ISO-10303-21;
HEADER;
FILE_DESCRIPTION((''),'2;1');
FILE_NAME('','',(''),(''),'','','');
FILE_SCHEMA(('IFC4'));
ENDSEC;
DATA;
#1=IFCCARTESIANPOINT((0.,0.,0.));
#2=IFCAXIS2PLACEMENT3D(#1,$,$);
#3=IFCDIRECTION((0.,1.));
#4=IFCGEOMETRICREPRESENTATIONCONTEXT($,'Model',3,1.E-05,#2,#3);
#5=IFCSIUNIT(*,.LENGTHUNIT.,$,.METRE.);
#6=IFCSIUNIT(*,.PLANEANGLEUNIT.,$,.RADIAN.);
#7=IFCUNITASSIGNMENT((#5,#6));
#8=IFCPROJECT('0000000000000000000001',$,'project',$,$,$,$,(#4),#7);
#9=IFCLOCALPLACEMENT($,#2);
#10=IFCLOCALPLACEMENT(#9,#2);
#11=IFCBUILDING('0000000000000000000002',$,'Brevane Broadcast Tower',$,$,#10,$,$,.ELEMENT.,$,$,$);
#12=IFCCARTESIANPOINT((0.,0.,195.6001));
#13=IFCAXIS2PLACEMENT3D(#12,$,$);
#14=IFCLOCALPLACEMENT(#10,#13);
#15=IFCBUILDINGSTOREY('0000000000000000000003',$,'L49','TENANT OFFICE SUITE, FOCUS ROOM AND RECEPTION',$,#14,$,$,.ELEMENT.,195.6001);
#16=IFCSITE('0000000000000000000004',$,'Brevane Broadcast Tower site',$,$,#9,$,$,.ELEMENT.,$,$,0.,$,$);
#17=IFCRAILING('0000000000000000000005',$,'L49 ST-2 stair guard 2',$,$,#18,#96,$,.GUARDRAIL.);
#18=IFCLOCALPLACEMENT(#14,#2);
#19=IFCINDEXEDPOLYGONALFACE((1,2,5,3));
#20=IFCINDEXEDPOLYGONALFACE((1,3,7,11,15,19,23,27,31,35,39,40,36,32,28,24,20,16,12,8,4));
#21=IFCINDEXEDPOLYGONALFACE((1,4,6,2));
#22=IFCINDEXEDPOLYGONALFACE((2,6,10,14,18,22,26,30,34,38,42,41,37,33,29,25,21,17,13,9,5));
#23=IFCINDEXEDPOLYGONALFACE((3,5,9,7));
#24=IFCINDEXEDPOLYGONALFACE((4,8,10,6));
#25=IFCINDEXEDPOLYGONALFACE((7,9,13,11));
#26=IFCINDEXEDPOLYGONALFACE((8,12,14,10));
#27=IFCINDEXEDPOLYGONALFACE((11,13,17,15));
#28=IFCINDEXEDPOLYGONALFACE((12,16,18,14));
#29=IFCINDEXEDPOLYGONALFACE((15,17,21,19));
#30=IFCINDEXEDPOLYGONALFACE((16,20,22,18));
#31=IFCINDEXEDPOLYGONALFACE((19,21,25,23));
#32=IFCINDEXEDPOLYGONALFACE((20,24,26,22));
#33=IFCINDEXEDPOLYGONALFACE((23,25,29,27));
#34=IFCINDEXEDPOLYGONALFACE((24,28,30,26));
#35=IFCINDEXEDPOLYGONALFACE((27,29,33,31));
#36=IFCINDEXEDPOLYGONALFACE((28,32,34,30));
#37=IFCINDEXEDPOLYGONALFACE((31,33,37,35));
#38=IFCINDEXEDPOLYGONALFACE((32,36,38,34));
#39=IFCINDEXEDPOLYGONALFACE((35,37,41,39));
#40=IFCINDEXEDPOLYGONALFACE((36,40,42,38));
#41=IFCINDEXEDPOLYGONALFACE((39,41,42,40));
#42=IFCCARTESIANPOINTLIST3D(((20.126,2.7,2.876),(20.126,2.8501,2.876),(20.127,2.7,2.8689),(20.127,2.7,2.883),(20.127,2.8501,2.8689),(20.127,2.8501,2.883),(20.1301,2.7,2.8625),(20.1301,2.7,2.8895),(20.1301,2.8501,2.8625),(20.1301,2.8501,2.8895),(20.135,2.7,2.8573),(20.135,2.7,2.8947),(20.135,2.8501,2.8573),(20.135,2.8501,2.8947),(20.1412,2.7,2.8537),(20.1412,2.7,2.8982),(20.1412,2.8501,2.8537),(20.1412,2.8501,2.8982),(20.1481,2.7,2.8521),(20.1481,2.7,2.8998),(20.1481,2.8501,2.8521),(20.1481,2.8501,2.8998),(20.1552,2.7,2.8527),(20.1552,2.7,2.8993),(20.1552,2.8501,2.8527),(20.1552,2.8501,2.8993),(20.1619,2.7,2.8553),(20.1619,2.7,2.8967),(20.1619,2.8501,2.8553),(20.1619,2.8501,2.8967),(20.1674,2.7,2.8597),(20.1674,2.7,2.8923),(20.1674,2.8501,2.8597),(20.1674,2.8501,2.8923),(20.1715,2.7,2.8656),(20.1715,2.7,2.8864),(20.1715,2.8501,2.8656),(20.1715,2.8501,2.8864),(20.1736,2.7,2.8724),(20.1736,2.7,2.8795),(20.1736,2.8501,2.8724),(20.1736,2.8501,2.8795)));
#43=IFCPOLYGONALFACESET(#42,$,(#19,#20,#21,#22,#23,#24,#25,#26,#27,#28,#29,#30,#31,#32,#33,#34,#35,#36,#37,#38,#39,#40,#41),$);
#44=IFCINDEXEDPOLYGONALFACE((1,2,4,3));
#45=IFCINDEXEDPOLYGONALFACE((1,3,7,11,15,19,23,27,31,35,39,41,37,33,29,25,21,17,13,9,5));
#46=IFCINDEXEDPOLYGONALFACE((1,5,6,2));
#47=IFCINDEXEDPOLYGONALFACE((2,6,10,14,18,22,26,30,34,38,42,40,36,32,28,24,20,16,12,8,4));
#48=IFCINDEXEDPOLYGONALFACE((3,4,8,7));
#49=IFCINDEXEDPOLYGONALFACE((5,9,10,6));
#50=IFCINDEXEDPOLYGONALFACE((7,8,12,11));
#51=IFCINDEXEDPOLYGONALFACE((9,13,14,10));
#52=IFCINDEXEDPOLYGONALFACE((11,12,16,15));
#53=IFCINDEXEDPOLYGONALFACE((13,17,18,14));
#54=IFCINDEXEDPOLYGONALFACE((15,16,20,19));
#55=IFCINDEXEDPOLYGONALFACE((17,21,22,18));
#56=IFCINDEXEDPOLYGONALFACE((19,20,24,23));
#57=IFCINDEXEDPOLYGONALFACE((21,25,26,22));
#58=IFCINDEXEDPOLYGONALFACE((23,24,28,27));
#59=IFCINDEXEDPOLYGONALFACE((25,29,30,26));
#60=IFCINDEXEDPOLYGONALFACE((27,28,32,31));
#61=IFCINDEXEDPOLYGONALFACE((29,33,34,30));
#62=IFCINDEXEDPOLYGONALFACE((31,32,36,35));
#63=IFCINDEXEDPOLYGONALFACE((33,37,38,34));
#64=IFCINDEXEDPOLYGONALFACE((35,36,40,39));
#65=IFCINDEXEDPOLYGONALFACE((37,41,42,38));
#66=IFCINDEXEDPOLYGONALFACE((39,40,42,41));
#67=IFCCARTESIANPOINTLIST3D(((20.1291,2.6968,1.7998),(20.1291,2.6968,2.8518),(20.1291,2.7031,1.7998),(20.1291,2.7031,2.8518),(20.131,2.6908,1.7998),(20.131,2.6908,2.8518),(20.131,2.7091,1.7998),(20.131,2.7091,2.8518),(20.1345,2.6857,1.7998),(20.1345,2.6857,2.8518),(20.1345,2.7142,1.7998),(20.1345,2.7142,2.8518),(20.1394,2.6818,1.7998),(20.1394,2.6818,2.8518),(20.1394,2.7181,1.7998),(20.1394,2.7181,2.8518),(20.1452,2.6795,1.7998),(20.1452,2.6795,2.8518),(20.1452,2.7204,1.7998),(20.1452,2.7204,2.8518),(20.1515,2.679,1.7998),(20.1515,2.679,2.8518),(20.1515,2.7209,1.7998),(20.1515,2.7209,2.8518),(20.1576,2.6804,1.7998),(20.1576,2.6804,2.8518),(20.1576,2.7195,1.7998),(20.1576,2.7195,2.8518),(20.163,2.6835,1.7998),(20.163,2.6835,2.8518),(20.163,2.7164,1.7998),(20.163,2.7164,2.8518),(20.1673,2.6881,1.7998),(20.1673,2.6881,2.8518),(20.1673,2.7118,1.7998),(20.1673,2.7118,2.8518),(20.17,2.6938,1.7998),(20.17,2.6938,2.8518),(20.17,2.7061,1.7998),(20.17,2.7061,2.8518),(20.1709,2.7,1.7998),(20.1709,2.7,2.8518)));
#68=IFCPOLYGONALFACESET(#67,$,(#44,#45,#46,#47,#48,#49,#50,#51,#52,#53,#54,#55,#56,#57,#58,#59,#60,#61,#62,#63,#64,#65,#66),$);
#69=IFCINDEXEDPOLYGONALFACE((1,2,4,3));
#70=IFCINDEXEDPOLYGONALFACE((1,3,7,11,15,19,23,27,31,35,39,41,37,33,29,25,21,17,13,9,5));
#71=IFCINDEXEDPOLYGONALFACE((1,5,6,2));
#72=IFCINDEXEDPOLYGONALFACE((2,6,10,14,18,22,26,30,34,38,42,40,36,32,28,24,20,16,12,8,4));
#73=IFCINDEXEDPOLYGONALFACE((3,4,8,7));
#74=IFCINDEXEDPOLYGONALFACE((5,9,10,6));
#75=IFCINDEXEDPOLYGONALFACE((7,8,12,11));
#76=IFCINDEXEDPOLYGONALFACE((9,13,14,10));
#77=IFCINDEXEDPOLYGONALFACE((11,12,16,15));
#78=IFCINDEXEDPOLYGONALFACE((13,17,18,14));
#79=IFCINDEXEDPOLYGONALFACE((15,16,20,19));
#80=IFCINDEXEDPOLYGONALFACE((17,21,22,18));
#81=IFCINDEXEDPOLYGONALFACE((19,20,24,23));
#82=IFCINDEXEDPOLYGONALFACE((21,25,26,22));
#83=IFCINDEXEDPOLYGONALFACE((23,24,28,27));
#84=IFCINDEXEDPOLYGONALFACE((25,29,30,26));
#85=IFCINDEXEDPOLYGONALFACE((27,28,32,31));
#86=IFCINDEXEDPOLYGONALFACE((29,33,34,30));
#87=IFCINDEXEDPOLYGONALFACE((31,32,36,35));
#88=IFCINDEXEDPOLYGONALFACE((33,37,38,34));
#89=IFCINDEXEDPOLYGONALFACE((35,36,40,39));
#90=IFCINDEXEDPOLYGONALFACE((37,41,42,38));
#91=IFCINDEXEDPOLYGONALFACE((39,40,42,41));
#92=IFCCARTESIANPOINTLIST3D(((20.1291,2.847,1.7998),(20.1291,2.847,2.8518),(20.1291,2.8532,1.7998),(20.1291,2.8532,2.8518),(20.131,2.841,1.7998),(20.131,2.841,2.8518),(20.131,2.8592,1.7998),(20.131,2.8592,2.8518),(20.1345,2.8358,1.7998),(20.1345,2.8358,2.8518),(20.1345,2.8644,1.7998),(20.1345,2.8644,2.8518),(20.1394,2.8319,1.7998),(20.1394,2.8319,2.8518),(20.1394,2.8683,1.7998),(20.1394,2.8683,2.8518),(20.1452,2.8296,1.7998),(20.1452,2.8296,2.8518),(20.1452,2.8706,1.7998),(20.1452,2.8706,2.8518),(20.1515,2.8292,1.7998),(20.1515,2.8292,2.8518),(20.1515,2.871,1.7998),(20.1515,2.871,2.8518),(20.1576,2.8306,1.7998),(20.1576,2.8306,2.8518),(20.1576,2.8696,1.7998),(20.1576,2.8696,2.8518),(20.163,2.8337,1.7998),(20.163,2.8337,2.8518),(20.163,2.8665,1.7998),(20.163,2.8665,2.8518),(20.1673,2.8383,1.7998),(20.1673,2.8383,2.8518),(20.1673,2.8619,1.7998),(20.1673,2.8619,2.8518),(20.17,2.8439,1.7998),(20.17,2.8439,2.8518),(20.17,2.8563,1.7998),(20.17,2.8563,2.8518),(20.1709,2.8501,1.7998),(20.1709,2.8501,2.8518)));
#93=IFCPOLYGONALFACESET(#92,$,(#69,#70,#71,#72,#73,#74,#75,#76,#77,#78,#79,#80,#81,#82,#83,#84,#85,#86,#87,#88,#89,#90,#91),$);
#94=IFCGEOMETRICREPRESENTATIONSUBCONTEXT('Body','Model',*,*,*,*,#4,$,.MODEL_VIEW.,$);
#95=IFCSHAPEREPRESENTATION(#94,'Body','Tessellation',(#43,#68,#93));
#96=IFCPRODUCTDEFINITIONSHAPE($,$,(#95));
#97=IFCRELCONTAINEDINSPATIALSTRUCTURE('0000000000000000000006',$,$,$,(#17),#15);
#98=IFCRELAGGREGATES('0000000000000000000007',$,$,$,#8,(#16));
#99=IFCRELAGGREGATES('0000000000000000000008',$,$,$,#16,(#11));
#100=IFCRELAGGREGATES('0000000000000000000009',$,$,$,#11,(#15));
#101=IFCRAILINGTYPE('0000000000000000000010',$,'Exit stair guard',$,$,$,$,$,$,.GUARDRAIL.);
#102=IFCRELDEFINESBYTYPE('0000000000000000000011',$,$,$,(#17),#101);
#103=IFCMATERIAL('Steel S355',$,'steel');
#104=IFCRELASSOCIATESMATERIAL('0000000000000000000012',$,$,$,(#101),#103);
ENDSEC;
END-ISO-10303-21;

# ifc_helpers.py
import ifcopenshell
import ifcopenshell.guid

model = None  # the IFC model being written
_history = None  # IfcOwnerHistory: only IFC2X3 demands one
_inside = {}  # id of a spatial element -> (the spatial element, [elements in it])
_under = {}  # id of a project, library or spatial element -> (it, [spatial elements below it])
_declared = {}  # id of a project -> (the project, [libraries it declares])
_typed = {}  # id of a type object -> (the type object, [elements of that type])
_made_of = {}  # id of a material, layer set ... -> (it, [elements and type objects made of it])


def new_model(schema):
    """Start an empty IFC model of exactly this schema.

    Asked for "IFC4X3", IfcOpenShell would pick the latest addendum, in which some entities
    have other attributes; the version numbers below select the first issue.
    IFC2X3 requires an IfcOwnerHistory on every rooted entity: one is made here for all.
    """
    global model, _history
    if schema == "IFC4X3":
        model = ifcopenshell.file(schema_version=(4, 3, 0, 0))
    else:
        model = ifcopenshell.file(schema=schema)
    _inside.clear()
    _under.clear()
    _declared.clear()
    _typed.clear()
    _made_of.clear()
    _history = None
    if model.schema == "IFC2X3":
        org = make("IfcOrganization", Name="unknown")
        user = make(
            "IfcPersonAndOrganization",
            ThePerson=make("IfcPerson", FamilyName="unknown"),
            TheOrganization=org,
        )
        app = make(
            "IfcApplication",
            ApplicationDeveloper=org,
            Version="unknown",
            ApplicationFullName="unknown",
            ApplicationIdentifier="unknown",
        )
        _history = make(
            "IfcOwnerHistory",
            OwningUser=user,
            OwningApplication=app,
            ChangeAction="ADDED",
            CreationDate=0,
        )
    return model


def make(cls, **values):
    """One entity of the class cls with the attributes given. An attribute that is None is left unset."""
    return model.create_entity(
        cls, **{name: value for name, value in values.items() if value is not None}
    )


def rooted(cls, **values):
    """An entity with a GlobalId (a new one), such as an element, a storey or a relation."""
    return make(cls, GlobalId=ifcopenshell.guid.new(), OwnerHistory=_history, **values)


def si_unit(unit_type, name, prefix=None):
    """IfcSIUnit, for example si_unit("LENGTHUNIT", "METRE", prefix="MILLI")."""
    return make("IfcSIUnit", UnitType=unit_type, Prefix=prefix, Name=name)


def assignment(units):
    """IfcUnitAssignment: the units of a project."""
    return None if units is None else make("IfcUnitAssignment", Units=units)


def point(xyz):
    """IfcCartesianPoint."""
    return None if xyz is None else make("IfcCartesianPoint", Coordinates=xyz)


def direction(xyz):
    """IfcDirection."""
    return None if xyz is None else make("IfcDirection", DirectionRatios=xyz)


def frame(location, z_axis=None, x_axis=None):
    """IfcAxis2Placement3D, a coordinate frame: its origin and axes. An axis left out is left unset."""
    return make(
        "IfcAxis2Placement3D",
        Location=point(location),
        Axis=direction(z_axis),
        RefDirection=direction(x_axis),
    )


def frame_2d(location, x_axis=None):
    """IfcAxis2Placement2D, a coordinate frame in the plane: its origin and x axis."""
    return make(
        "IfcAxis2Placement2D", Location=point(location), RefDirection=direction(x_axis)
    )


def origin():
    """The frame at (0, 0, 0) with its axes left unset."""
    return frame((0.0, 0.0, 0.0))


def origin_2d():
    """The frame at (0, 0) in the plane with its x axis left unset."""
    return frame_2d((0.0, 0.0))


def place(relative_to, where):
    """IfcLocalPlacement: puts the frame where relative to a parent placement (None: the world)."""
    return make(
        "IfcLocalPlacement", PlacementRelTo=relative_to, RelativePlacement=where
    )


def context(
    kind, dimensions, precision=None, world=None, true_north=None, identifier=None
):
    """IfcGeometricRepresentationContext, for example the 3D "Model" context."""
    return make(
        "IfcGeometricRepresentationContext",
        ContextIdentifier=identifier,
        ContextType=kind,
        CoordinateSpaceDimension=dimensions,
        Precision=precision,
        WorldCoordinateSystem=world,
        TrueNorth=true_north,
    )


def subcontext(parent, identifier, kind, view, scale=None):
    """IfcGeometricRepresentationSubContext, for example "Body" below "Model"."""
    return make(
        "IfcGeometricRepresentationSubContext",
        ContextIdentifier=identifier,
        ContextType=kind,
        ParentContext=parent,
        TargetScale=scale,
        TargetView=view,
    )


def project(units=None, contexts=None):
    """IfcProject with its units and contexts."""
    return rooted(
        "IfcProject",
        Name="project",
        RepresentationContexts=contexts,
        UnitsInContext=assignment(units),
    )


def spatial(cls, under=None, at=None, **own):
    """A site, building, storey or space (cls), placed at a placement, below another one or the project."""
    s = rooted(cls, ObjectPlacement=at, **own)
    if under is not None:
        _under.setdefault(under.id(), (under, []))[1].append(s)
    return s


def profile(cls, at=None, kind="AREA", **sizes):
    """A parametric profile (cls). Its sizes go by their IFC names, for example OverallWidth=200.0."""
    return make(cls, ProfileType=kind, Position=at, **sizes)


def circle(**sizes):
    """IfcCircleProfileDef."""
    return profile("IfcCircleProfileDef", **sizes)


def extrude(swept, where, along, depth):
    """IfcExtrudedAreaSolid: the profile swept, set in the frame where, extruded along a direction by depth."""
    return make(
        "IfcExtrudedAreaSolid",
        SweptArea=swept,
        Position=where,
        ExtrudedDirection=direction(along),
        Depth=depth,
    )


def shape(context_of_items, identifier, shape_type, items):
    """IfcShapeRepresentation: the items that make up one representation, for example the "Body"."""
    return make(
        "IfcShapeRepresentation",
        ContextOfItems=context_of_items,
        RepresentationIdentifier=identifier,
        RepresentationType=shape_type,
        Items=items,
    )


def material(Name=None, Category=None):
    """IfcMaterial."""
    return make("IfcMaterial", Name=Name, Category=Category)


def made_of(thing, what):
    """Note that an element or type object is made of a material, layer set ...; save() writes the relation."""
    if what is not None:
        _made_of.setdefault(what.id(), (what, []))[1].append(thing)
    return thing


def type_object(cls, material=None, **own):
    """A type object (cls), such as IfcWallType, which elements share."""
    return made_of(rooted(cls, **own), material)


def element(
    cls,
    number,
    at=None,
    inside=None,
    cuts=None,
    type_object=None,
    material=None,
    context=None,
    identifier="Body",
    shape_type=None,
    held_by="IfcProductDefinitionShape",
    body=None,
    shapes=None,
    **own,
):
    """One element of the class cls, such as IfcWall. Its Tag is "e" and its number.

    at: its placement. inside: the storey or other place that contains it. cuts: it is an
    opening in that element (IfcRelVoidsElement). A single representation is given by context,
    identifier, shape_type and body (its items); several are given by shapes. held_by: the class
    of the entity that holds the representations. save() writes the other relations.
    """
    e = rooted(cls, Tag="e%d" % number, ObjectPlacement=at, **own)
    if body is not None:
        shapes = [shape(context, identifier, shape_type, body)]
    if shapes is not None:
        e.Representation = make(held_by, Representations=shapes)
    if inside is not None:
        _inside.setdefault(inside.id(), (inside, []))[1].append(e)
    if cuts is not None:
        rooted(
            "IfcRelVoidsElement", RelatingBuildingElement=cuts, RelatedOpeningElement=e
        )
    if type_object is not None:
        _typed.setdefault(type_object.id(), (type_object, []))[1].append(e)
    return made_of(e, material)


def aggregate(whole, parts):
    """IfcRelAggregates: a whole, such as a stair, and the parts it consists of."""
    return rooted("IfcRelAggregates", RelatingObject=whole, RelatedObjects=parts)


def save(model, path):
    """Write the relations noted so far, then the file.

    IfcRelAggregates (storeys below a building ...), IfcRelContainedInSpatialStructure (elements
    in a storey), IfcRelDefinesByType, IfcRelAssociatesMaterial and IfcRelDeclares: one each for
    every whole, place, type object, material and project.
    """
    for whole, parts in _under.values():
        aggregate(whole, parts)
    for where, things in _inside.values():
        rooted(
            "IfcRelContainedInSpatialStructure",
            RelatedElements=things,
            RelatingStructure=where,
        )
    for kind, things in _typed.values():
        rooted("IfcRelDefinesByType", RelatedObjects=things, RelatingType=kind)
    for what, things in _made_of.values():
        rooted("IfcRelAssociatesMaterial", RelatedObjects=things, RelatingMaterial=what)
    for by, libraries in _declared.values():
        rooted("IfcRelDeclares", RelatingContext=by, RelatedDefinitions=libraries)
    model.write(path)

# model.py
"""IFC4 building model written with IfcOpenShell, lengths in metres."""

from ifc_helpers import new_model, si_unit, direction, frame, origin, origin_2d, place, context, subcontext, project, spatial, circle, extrude, material, type_object, element, save


model = new_model("IFC4")

# Units and contexts
model_context = context("Model", 3, precision=1e-05, world=origin(), true_north=direction((0.0, 1.0)))
body_context = subcontext(model_context, "Body", "Model", "MODEL_VIEW")
ifc_project = project(units=[si_unit("LENGTHUNIT", "METRE"), si_unit("PLANEANGLEUNIT", "RADIAN")], contexts=[model_context])

# Site, building, storey
site_placement = place(None, origin())
site = spatial("IfcSite", under=ifc_project, at=site_placement, Name="Brevane Broadcast Tower site", CompositionType="ELEMENT", RefElevation=0.0)
building_placement = place(site_placement, origin())
building = spatial("IfcBuilding", under=site, at=building_placement, Name="Brevane Broadcast Tower", CompositionType="ELEMENT")
storey_placement = place(building_placement, frame((0.0, 0.0, 195.6001)))
storey = spatial("IfcBuildingStorey", under=building, at=storey_placement, Name="L49", Description="TENANT OFFICE SUITE, FOCUS ROOM AND RECEPTION", CompositionType="ELEMENT", Elevation=195.6001)

# Railing
ifc_material_1 = material(Name="Steel S355", Category="steel")
railing_type_1 = type_object("IfcRailingType", Name="Exit stair guard", PredefinedType="GUARDRAIL", material=ifc_material_1)
railing_1_placement = place(storey_placement, frame((20.1499, 2.7, 1.7998)))
element("IfcRailing", 1, at=railing_1_placement, inside=storey, type_object=railing_type_1, Name="L49 ST-2 stair guard 2", PredefinedType="GUARDRAIL", context=body_context, shape_type="SweptSolid", body=[
    extrude(circle(Radius=0.0239, at=origin_2d()), frame((0.0, 0.0, 1.0762), z_axis=(0.0, 1.0, 0.0), x_axis=(-1.0, 0.0, 0.0)), (0.0, 0.0, 1.0), 0.1501),
    extrude(circle(Radius=0.021, at=origin_2d()), origin(), (0.0, 0.0, 1.0), 1.052),
    extrude(circle(Radius=0.021, at=origin_2d()), frame((0.0, 0.1501, 0.0)), (0.0, 0.0, 1.0), 1.052),
])

save(model, "model.ifc")
